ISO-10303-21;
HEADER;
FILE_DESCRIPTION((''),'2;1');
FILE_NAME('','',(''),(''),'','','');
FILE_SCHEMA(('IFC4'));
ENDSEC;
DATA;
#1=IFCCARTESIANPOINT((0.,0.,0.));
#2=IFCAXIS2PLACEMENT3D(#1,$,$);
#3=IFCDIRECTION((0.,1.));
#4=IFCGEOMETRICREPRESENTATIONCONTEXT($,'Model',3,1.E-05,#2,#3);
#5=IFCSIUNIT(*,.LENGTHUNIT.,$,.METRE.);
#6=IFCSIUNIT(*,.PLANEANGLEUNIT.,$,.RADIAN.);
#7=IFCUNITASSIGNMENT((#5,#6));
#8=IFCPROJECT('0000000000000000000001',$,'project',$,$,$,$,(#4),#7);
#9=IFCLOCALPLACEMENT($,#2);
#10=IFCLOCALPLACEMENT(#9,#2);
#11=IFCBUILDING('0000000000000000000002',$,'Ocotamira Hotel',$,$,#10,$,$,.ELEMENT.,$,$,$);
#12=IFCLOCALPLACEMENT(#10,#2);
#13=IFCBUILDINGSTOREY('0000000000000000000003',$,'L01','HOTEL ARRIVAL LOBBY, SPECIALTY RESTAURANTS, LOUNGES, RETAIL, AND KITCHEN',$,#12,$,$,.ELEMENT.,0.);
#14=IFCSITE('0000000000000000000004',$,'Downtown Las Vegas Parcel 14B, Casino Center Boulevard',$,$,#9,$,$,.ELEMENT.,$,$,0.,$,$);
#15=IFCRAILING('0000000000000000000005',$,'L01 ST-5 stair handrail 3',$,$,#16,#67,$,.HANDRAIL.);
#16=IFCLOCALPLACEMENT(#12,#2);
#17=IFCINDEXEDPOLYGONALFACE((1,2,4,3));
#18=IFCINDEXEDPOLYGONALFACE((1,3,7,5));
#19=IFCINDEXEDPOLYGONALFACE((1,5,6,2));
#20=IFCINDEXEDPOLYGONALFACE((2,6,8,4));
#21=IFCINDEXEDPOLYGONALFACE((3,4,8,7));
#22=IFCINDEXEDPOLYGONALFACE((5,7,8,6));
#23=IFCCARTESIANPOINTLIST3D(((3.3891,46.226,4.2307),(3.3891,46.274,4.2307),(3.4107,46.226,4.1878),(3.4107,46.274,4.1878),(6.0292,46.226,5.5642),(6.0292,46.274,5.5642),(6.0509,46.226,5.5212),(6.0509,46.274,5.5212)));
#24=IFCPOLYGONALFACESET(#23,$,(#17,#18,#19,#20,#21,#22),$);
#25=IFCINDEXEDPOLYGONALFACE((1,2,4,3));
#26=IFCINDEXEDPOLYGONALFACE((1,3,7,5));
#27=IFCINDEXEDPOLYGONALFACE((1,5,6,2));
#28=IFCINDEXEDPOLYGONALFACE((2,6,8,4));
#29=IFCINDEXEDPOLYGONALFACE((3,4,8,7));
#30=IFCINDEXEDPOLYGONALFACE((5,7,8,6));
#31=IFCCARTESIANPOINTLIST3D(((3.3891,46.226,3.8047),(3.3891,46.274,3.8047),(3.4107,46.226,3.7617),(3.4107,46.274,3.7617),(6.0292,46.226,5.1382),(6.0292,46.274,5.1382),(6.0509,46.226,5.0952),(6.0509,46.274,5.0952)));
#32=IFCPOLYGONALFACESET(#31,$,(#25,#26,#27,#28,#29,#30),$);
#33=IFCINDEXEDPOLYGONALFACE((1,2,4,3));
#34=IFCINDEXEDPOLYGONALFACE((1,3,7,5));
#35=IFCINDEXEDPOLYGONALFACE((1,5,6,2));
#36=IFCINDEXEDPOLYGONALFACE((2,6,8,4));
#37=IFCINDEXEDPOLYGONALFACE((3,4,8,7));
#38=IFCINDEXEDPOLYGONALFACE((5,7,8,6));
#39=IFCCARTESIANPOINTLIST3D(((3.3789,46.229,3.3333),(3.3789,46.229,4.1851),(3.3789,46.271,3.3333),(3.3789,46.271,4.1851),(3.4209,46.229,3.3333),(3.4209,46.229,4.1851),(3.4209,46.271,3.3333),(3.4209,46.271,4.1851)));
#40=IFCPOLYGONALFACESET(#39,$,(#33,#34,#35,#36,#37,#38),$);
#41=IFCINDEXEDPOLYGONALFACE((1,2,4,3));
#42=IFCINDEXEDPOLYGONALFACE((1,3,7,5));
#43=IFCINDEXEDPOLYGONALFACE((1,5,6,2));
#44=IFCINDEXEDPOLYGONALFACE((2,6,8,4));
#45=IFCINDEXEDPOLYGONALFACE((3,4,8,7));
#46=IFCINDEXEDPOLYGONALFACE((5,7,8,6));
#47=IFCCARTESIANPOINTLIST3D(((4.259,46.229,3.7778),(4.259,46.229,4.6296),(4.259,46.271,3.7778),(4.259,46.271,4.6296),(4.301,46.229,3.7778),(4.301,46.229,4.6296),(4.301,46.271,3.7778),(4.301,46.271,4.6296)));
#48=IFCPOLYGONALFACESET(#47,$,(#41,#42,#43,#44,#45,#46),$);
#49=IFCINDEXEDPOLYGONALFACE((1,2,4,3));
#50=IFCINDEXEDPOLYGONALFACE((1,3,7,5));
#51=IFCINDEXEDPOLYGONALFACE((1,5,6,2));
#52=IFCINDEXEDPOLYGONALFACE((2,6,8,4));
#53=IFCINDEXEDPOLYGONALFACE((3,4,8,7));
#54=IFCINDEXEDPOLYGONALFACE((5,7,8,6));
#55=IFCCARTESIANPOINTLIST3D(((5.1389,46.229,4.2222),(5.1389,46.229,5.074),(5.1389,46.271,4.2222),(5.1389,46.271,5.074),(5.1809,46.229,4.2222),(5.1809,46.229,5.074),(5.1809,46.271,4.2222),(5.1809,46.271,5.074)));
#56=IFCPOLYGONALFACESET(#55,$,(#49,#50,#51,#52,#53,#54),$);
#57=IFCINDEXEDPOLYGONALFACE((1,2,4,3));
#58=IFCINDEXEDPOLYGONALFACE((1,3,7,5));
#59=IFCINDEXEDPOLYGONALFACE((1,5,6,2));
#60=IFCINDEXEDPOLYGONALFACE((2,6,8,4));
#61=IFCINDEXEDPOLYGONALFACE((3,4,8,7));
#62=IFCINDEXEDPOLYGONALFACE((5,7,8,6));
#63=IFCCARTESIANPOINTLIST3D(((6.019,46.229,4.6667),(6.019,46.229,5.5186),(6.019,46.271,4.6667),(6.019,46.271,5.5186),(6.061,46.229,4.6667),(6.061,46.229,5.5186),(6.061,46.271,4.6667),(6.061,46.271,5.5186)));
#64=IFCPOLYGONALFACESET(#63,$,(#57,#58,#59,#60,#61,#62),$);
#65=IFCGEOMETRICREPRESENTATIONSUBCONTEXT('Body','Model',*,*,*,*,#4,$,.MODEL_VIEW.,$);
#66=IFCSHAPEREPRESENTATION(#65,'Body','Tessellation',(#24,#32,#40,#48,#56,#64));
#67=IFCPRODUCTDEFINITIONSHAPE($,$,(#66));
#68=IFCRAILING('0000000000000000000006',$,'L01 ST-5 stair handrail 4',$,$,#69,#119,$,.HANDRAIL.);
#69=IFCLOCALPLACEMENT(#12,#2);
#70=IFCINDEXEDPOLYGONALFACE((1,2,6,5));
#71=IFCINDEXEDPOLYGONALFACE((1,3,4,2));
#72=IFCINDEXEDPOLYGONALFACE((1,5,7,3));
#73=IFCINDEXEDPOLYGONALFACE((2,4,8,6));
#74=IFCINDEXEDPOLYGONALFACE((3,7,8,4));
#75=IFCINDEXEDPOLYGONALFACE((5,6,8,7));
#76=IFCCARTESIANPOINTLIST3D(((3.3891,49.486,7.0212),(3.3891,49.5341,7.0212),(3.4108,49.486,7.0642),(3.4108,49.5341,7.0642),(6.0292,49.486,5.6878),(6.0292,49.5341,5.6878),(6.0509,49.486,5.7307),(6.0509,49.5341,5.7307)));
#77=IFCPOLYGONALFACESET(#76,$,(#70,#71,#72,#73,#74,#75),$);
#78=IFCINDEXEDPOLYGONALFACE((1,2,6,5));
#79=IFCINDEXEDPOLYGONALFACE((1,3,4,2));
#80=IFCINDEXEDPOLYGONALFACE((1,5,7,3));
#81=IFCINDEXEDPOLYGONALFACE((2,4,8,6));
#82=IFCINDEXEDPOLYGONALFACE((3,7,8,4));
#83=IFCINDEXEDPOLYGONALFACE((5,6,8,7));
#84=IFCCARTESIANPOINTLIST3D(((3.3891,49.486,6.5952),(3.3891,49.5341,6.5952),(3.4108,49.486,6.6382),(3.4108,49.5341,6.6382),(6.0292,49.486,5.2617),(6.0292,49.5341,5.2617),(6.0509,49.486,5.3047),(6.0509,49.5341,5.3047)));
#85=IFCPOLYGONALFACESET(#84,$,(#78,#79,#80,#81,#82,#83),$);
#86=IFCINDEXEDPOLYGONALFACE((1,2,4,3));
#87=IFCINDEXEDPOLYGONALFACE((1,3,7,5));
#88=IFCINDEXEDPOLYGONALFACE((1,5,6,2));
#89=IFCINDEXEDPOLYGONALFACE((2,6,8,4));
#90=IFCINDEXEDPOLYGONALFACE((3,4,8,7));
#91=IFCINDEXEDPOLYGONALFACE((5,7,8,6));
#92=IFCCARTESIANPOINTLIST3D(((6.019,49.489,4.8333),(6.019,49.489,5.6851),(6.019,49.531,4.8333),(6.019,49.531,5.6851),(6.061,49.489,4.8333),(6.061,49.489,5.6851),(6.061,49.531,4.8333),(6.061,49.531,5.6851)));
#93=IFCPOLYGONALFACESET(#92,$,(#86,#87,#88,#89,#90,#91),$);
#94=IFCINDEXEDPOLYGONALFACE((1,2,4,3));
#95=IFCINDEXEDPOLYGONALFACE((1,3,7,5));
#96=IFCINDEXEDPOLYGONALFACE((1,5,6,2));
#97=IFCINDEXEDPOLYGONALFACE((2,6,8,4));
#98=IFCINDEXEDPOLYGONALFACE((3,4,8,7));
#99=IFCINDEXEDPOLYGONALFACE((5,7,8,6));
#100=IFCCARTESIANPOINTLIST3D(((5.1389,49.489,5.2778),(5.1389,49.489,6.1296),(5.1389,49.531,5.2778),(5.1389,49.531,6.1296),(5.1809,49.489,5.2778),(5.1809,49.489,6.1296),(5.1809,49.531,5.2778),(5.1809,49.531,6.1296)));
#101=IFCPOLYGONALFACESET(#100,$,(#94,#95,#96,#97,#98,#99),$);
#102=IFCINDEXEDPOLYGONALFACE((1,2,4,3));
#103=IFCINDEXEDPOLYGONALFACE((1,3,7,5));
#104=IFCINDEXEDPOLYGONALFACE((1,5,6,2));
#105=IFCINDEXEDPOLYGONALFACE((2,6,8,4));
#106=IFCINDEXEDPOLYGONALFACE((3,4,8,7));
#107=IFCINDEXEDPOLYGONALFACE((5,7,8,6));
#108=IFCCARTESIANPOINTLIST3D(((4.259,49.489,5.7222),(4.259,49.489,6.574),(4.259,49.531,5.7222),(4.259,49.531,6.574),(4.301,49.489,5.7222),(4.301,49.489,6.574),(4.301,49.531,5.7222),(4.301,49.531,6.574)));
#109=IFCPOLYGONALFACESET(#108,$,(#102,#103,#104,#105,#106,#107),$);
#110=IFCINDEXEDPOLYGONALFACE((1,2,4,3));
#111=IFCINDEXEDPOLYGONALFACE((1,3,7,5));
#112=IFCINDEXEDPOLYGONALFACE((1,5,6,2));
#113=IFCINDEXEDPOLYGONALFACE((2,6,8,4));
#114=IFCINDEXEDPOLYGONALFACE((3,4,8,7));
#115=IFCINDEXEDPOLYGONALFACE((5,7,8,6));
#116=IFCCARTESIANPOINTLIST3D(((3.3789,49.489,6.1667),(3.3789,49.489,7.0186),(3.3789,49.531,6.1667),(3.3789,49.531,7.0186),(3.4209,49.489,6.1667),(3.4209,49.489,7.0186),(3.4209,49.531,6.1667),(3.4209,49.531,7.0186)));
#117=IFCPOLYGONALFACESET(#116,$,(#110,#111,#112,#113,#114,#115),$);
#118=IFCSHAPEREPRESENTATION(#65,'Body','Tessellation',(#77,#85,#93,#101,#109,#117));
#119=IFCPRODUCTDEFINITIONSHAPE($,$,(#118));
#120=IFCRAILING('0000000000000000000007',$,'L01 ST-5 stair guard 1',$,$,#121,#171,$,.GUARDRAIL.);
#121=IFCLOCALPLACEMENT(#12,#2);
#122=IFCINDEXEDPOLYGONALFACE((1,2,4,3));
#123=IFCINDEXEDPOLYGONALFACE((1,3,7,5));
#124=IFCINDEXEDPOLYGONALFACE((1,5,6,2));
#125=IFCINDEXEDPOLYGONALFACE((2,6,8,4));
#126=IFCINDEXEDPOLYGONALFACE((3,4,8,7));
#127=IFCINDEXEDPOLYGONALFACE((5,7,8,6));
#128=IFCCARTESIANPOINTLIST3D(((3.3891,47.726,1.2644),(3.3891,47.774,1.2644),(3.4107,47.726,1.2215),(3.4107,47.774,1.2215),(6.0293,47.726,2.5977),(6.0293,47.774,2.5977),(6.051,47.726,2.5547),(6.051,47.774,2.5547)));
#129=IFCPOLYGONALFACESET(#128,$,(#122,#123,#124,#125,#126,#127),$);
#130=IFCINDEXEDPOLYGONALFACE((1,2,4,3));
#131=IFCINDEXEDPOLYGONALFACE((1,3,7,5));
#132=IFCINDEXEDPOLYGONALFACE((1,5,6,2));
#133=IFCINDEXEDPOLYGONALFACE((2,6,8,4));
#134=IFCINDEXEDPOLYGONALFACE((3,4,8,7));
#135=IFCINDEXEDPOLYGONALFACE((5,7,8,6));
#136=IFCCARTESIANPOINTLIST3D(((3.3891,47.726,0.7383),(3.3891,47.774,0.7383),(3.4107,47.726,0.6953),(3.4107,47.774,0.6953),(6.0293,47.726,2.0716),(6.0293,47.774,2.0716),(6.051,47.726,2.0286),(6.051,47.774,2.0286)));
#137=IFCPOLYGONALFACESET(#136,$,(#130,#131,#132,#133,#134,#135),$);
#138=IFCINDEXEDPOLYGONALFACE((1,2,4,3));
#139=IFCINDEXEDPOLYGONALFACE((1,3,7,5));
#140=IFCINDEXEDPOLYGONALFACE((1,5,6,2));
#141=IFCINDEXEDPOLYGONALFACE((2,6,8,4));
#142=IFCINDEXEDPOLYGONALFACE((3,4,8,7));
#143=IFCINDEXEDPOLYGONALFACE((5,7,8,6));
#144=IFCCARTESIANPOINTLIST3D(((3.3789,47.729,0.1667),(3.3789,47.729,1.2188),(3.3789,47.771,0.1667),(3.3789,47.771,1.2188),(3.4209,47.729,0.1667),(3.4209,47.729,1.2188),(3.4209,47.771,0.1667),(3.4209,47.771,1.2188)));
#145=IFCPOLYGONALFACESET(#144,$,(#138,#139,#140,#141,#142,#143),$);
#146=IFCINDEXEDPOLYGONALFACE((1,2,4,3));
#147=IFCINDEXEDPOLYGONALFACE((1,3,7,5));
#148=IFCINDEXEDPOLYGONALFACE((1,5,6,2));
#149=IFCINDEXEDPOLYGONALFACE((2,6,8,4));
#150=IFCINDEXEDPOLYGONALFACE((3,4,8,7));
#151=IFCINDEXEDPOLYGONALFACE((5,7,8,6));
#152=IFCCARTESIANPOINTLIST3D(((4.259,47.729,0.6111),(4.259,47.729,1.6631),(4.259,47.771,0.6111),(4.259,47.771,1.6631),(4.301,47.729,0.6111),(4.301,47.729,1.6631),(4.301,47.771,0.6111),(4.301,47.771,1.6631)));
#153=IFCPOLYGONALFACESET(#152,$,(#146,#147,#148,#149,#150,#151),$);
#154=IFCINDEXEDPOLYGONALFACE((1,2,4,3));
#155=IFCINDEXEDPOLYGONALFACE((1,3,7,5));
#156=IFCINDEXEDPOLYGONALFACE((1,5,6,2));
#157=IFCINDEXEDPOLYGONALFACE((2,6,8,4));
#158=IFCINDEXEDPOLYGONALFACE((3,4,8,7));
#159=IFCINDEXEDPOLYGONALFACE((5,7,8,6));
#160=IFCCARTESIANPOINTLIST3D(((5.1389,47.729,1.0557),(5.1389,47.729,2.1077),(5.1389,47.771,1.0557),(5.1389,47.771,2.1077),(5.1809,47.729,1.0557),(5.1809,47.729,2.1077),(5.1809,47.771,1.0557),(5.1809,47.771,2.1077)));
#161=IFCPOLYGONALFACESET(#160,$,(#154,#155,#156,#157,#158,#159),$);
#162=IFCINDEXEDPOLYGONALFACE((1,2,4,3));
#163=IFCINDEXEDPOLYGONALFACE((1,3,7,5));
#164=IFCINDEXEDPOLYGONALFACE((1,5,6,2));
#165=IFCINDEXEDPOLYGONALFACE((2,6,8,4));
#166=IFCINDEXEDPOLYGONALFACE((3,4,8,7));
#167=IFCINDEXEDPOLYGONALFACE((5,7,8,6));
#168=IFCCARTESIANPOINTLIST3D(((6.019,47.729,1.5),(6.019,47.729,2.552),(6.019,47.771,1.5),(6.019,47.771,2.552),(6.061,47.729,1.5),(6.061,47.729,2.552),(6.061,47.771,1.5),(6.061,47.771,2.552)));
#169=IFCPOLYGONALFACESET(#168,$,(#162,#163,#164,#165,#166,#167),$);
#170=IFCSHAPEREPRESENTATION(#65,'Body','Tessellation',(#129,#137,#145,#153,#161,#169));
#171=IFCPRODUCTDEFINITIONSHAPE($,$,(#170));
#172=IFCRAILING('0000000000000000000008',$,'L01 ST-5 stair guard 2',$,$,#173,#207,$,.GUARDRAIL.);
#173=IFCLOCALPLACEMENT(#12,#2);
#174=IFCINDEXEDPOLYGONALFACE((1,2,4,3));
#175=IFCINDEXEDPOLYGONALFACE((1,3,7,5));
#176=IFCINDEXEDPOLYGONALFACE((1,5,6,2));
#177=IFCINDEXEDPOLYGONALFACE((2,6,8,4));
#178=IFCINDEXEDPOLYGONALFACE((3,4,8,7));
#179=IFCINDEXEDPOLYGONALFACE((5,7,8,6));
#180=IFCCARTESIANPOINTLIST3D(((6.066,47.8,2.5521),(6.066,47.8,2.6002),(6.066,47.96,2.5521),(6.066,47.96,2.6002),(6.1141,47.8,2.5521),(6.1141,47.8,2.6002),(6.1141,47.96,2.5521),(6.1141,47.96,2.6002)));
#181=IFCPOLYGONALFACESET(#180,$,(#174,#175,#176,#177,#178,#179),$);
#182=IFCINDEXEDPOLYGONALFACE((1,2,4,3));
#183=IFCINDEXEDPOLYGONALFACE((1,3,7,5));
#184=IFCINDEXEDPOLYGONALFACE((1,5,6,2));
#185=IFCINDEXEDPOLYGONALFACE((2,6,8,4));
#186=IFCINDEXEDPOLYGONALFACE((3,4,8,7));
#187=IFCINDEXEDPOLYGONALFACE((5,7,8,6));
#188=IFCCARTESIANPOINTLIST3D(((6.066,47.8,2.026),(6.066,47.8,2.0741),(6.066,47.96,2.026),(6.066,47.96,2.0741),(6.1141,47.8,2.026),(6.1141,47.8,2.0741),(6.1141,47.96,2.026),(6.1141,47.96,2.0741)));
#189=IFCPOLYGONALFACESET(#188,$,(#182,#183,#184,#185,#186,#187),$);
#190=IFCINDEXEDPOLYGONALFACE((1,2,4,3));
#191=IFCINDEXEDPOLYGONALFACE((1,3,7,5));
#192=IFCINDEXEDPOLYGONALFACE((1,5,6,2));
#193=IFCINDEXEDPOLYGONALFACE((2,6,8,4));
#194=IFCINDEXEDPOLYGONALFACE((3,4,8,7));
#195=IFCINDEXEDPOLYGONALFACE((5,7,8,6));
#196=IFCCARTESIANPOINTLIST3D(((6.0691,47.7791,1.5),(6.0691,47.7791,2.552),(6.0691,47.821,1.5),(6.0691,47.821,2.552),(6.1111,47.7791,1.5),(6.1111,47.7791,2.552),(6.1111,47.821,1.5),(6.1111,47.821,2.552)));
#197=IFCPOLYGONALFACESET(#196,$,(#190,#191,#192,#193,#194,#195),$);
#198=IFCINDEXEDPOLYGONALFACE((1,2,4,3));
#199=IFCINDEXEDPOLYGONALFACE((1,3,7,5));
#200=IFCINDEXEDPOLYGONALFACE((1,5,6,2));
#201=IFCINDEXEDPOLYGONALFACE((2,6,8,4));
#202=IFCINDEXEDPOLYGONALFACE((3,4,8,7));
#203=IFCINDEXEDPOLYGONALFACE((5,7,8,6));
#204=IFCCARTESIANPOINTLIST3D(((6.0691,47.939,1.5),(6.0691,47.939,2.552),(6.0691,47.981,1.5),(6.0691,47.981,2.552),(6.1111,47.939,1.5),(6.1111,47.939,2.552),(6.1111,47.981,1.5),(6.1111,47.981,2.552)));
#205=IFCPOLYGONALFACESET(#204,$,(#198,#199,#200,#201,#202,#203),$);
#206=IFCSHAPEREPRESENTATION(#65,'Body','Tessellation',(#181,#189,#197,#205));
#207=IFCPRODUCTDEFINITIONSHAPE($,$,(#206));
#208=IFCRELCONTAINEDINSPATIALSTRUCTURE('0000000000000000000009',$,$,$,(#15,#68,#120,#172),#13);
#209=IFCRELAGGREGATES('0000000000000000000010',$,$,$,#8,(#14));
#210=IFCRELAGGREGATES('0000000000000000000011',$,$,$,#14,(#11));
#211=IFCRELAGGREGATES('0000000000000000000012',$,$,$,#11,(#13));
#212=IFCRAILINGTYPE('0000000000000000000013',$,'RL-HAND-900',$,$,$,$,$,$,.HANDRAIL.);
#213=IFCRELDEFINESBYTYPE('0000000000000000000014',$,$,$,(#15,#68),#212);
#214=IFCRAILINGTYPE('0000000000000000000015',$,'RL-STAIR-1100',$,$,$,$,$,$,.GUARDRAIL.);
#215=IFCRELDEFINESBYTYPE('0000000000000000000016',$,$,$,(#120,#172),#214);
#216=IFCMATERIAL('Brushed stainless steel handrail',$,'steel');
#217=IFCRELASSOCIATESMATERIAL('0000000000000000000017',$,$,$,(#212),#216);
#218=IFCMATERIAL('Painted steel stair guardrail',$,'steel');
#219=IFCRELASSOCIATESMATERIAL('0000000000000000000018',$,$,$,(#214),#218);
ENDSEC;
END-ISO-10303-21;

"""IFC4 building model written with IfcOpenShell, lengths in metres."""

from ifc_helpers import new_model, si_unit, direction, frame, origin, origin_2d, place, context, subcontext, project, spatial, rectangle, extrude, material, type_object, element, save


model = new_model("IFC4")

# Units and contexts
model_context = context("Model", 3, precision=1e-05, world=origin(), true_north=direction((0.0, 1.0)))
body_context = subcontext(model_context, "Body", "Model", "MODEL_VIEW")
ifc_project = project(units=[si_unit("LENGTHUNIT", "METRE"), si_unit("PLANEANGLEUNIT", "RADIAN")], contexts=[model_context])

# Site, building, storey
site_placement = place(None, origin())
site = spatial("IfcSite", under=ifc_project, at=site_placement, Name="Downtown Las Vegas Parcel 14B, Casino Center Boulevard", CompositionType="ELEMENT", RefElevation=0.0)
building_placement = place(site_placement, origin())
building = spatial("IfcBuilding", under=site, at=building_placement, Name="Ocotamira Hotel", CompositionType="ELEMENT")
storey_placement = place(building_placement, origin())
storey = spatial("IfcBuildingStorey", under=building, at=storey_placement, Name="L01", Description="HOTEL ARRIVAL LOBBY, SPECIALTY RESTAURANTS, LOUNGES, RETAIL, AND KITCHEN", CompositionType="ELEMENT", Elevation=0.0)

# Railings
ifc_material_1 = material(Name="Brushed stainless steel handrail", Category="steel")
railing_type_1 = type_object("IfcRailingType", Name="RL-HAND-900", PredefinedType="HANDRAIL", material=ifc_material_1)
railing_1_placement = place(storey_placement, frame((3.3999, 46.25, 3.3333)))
element("IfcRailing", 1, at=railing_1_placement, inside=storey, type_object=railing_type_1, Name="L01 ST-5 stair handrail 3", PredefinedType="HANDRAIL", context=body_context, shape_type="SweptSolid", body=[
    extrude(rectangle(XDim=0.0481, YDim=0.0481, at=origin_2d()), frame((0.0, 0.0, 0.876), z_axis=(0.892604, 0.0, 0.450842), x_axis=(0.0, 1.0, 0.0)), (0.0, 0.0, 1.0), 2.9578),
    extrude(rectangle(XDim=0.0481, YDim=0.0481, at=origin_2d()), frame((0.0, 0.0, 0.45), z_axis=(0.892604, 0.0, 0.450842), x_axis=(0.0, 1.0, 0.0)), (0.0, 0.0, 1.0), 2.9578),
    extrude(rectangle(XDim=0.042, YDim=0.042, at=origin_2d()), origin(), (0.0, 0.0, 1.0), 0.8518),
    extrude(rectangle(XDim=0.042, YDim=0.042, at=origin_2d()), frame((0.8801, 0.0, 0.4446)), (0.0, 0.0, 1.0), 0.8518),
    extrude(rectangle(XDim=0.042, YDim=0.042, at=origin_2d()), frame((1.76, 0.0, 0.8889)), (0.0, 0.0, 1.0), 0.8518),
    extrude(rectangle(XDim=0.042, YDim=0.042, at=origin_2d()), frame((2.6401, 0.0, 1.3335)), (0.0, 0.0, 1.0), 0.8518),
])
railing_2_placement = place(storey_placement, frame((6.04, 49.51, 4.8333)))
element("IfcRailing", 2, at=railing_2_placement, inside=storey, type_object=railing_type_1, Name="L01 ST-5 stair handrail 4", PredefinedType="HANDRAIL", context=body_context, shape_type="SweptSolid", body=[
    extrude(rectangle(XDim=0.0481, YDim=0.0481, at=origin_2d()), frame((0.0, 0.0, 0.876), z_axis=(-0.892604, 0.0, 0.450842), x_axis=(0.0, -1.0, 0.0)), (0.0, 0.0, 1.0), 2.9578),
    extrude(rectangle(XDim=0.0481, YDim=0.0481, at=origin_2d()), frame((0.0, 0.0, 0.45), z_axis=(-0.892604, 0.0, 0.450842), x_axis=(0.0, -1.0, 0.0)), (0.0, 0.0, 1.0), 2.9578),
    extrude(rectangle(XDim=0.042, YDim=0.042, at=origin_2d()), origin(), (0.0, 0.0, 1.0), 0.8518),
    extrude(rectangle(XDim=0.042, YDim=0.042, at=origin_2d()), frame((-0.8801, 0.0, 0.4446)), (0.0, 0.0, 1.0), 0.8518),
    extrude(rectangle(XDim=0.042, YDim=0.042, at=origin_2d()), frame((-1.76, 0.0, 0.8889)), (0.0, 0.0, 1.0), 0.8518),
    extrude(rectangle(XDim=0.042, YDim=0.042, at=origin_2d()), frame((-2.6401, 0.0, 1.3335)), (0.0, 0.0, 1.0), 0.8518),
])
ifc_material_2 = material(Name="Painted steel stair guardrail", Category="steel")
railing_type_2 = type_object("IfcRailingType", Name="RL-STAIR-1100", PredefinedType="GUARDRAIL", material=ifc_material_2)
railing_3_placement = place(storey_placement, frame((3.3999, 47.75, 0.1667)))
element("IfcRailing", 3, at=railing_3_placement, inside=storey, type_object=railing_type_2, Name="L01 ST-5 stair guard 1", PredefinedType="GUARDRAIL", context=body_context, shape_type="SweptSolid", body=[
    extrude(rectangle(XDim=0.0481, YDim=0.0481, at=origin_2d()), frame((0.0, 0.0, 1.0762), z_axis=(0.892637, 0.0, 0.450776), x_axis=(0.0, 1.0, 0.0)), (0.0, 0.0, 1.0), 2.9578),
    extrude(rectangle(XDim=0.0481, YDim=0.0481, at=origin_2d()), frame((0.0, 0.0, 0.55), z_axis=(0.892637, 0.0, 0.450776), x_axis=(0.0, 1.0, 0.0)), (0.0, 0.0, 1.0), 2.9578),
    extrude(rectangle(XDim=0.042, YDim=0.042, at=origin_2d()), origin(), (0.0, 0.0, 1.0), 1.052),
    extrude(rectangle(XDim=0.042, YDim=0.042, at=origin_2d()), frame((0.8801, 0.0, 0.4443)), (0.0, 0.0, 1.0), 1.052),
    extrude(rectangle(XDim=0.042, YDim=0.042, at=origin_2d()), frame((1.76, 0.0, 0.8889)), (0.0, 0.0, 1.0), 1.052),
    extrude(rectangle(XDim=0.042, YDim=0.042, at=origin_2d()), frame((2.6401, 0.0, 1.3333)), (0.0, 0.0, 1.0), 1.052),
])
railing_4_placement = place(storey_placement, frame((6.0901, 47.8, 1.5)))
element("IfcRailing", 4, at=railing_4_placement, inside=storey, type_object=railing_type_2, Name="L01 ST-5 stair guard 2", PredefinedType="GUARDRAIL", context=body_context, shape_type="SweptSolid", body=[
    extrude(rectangle(XDim=0.0481, YDim=0.0481, at=origin_2d()), frame((0.0, 0.0, 1.0762), z_axis=(0.0, 1.0, 0.0), x_axis=(-1.0, 0.0, 0.0)), (0.0, 0.0, 1.0), 0.1599),
    extrude(rectangle(XDim=0.0481, YDim=0.0481, at=origin_2d()), frame((0.0, 0.0, 0.55), z_axis=(0.0, 1.0, 0.0), x_axis=(-1.0, 0.0, 0.0)), (0.0, 0.0, 1.0), 0.1599),
    extrude(rectangle(XDim=0.042, YDim=0.042, at=origin_2d()), origin(), (0.0, 0.0, 1.0), 1.052),
    extrude(rectangle(XDim=0.042, YDim=0.042, at=origin_2d()), frame((0.0, 0.1599, 0.0)), (0.0, 0.0, 1.0), 1.052),
])

save(model, "model.ifc")
